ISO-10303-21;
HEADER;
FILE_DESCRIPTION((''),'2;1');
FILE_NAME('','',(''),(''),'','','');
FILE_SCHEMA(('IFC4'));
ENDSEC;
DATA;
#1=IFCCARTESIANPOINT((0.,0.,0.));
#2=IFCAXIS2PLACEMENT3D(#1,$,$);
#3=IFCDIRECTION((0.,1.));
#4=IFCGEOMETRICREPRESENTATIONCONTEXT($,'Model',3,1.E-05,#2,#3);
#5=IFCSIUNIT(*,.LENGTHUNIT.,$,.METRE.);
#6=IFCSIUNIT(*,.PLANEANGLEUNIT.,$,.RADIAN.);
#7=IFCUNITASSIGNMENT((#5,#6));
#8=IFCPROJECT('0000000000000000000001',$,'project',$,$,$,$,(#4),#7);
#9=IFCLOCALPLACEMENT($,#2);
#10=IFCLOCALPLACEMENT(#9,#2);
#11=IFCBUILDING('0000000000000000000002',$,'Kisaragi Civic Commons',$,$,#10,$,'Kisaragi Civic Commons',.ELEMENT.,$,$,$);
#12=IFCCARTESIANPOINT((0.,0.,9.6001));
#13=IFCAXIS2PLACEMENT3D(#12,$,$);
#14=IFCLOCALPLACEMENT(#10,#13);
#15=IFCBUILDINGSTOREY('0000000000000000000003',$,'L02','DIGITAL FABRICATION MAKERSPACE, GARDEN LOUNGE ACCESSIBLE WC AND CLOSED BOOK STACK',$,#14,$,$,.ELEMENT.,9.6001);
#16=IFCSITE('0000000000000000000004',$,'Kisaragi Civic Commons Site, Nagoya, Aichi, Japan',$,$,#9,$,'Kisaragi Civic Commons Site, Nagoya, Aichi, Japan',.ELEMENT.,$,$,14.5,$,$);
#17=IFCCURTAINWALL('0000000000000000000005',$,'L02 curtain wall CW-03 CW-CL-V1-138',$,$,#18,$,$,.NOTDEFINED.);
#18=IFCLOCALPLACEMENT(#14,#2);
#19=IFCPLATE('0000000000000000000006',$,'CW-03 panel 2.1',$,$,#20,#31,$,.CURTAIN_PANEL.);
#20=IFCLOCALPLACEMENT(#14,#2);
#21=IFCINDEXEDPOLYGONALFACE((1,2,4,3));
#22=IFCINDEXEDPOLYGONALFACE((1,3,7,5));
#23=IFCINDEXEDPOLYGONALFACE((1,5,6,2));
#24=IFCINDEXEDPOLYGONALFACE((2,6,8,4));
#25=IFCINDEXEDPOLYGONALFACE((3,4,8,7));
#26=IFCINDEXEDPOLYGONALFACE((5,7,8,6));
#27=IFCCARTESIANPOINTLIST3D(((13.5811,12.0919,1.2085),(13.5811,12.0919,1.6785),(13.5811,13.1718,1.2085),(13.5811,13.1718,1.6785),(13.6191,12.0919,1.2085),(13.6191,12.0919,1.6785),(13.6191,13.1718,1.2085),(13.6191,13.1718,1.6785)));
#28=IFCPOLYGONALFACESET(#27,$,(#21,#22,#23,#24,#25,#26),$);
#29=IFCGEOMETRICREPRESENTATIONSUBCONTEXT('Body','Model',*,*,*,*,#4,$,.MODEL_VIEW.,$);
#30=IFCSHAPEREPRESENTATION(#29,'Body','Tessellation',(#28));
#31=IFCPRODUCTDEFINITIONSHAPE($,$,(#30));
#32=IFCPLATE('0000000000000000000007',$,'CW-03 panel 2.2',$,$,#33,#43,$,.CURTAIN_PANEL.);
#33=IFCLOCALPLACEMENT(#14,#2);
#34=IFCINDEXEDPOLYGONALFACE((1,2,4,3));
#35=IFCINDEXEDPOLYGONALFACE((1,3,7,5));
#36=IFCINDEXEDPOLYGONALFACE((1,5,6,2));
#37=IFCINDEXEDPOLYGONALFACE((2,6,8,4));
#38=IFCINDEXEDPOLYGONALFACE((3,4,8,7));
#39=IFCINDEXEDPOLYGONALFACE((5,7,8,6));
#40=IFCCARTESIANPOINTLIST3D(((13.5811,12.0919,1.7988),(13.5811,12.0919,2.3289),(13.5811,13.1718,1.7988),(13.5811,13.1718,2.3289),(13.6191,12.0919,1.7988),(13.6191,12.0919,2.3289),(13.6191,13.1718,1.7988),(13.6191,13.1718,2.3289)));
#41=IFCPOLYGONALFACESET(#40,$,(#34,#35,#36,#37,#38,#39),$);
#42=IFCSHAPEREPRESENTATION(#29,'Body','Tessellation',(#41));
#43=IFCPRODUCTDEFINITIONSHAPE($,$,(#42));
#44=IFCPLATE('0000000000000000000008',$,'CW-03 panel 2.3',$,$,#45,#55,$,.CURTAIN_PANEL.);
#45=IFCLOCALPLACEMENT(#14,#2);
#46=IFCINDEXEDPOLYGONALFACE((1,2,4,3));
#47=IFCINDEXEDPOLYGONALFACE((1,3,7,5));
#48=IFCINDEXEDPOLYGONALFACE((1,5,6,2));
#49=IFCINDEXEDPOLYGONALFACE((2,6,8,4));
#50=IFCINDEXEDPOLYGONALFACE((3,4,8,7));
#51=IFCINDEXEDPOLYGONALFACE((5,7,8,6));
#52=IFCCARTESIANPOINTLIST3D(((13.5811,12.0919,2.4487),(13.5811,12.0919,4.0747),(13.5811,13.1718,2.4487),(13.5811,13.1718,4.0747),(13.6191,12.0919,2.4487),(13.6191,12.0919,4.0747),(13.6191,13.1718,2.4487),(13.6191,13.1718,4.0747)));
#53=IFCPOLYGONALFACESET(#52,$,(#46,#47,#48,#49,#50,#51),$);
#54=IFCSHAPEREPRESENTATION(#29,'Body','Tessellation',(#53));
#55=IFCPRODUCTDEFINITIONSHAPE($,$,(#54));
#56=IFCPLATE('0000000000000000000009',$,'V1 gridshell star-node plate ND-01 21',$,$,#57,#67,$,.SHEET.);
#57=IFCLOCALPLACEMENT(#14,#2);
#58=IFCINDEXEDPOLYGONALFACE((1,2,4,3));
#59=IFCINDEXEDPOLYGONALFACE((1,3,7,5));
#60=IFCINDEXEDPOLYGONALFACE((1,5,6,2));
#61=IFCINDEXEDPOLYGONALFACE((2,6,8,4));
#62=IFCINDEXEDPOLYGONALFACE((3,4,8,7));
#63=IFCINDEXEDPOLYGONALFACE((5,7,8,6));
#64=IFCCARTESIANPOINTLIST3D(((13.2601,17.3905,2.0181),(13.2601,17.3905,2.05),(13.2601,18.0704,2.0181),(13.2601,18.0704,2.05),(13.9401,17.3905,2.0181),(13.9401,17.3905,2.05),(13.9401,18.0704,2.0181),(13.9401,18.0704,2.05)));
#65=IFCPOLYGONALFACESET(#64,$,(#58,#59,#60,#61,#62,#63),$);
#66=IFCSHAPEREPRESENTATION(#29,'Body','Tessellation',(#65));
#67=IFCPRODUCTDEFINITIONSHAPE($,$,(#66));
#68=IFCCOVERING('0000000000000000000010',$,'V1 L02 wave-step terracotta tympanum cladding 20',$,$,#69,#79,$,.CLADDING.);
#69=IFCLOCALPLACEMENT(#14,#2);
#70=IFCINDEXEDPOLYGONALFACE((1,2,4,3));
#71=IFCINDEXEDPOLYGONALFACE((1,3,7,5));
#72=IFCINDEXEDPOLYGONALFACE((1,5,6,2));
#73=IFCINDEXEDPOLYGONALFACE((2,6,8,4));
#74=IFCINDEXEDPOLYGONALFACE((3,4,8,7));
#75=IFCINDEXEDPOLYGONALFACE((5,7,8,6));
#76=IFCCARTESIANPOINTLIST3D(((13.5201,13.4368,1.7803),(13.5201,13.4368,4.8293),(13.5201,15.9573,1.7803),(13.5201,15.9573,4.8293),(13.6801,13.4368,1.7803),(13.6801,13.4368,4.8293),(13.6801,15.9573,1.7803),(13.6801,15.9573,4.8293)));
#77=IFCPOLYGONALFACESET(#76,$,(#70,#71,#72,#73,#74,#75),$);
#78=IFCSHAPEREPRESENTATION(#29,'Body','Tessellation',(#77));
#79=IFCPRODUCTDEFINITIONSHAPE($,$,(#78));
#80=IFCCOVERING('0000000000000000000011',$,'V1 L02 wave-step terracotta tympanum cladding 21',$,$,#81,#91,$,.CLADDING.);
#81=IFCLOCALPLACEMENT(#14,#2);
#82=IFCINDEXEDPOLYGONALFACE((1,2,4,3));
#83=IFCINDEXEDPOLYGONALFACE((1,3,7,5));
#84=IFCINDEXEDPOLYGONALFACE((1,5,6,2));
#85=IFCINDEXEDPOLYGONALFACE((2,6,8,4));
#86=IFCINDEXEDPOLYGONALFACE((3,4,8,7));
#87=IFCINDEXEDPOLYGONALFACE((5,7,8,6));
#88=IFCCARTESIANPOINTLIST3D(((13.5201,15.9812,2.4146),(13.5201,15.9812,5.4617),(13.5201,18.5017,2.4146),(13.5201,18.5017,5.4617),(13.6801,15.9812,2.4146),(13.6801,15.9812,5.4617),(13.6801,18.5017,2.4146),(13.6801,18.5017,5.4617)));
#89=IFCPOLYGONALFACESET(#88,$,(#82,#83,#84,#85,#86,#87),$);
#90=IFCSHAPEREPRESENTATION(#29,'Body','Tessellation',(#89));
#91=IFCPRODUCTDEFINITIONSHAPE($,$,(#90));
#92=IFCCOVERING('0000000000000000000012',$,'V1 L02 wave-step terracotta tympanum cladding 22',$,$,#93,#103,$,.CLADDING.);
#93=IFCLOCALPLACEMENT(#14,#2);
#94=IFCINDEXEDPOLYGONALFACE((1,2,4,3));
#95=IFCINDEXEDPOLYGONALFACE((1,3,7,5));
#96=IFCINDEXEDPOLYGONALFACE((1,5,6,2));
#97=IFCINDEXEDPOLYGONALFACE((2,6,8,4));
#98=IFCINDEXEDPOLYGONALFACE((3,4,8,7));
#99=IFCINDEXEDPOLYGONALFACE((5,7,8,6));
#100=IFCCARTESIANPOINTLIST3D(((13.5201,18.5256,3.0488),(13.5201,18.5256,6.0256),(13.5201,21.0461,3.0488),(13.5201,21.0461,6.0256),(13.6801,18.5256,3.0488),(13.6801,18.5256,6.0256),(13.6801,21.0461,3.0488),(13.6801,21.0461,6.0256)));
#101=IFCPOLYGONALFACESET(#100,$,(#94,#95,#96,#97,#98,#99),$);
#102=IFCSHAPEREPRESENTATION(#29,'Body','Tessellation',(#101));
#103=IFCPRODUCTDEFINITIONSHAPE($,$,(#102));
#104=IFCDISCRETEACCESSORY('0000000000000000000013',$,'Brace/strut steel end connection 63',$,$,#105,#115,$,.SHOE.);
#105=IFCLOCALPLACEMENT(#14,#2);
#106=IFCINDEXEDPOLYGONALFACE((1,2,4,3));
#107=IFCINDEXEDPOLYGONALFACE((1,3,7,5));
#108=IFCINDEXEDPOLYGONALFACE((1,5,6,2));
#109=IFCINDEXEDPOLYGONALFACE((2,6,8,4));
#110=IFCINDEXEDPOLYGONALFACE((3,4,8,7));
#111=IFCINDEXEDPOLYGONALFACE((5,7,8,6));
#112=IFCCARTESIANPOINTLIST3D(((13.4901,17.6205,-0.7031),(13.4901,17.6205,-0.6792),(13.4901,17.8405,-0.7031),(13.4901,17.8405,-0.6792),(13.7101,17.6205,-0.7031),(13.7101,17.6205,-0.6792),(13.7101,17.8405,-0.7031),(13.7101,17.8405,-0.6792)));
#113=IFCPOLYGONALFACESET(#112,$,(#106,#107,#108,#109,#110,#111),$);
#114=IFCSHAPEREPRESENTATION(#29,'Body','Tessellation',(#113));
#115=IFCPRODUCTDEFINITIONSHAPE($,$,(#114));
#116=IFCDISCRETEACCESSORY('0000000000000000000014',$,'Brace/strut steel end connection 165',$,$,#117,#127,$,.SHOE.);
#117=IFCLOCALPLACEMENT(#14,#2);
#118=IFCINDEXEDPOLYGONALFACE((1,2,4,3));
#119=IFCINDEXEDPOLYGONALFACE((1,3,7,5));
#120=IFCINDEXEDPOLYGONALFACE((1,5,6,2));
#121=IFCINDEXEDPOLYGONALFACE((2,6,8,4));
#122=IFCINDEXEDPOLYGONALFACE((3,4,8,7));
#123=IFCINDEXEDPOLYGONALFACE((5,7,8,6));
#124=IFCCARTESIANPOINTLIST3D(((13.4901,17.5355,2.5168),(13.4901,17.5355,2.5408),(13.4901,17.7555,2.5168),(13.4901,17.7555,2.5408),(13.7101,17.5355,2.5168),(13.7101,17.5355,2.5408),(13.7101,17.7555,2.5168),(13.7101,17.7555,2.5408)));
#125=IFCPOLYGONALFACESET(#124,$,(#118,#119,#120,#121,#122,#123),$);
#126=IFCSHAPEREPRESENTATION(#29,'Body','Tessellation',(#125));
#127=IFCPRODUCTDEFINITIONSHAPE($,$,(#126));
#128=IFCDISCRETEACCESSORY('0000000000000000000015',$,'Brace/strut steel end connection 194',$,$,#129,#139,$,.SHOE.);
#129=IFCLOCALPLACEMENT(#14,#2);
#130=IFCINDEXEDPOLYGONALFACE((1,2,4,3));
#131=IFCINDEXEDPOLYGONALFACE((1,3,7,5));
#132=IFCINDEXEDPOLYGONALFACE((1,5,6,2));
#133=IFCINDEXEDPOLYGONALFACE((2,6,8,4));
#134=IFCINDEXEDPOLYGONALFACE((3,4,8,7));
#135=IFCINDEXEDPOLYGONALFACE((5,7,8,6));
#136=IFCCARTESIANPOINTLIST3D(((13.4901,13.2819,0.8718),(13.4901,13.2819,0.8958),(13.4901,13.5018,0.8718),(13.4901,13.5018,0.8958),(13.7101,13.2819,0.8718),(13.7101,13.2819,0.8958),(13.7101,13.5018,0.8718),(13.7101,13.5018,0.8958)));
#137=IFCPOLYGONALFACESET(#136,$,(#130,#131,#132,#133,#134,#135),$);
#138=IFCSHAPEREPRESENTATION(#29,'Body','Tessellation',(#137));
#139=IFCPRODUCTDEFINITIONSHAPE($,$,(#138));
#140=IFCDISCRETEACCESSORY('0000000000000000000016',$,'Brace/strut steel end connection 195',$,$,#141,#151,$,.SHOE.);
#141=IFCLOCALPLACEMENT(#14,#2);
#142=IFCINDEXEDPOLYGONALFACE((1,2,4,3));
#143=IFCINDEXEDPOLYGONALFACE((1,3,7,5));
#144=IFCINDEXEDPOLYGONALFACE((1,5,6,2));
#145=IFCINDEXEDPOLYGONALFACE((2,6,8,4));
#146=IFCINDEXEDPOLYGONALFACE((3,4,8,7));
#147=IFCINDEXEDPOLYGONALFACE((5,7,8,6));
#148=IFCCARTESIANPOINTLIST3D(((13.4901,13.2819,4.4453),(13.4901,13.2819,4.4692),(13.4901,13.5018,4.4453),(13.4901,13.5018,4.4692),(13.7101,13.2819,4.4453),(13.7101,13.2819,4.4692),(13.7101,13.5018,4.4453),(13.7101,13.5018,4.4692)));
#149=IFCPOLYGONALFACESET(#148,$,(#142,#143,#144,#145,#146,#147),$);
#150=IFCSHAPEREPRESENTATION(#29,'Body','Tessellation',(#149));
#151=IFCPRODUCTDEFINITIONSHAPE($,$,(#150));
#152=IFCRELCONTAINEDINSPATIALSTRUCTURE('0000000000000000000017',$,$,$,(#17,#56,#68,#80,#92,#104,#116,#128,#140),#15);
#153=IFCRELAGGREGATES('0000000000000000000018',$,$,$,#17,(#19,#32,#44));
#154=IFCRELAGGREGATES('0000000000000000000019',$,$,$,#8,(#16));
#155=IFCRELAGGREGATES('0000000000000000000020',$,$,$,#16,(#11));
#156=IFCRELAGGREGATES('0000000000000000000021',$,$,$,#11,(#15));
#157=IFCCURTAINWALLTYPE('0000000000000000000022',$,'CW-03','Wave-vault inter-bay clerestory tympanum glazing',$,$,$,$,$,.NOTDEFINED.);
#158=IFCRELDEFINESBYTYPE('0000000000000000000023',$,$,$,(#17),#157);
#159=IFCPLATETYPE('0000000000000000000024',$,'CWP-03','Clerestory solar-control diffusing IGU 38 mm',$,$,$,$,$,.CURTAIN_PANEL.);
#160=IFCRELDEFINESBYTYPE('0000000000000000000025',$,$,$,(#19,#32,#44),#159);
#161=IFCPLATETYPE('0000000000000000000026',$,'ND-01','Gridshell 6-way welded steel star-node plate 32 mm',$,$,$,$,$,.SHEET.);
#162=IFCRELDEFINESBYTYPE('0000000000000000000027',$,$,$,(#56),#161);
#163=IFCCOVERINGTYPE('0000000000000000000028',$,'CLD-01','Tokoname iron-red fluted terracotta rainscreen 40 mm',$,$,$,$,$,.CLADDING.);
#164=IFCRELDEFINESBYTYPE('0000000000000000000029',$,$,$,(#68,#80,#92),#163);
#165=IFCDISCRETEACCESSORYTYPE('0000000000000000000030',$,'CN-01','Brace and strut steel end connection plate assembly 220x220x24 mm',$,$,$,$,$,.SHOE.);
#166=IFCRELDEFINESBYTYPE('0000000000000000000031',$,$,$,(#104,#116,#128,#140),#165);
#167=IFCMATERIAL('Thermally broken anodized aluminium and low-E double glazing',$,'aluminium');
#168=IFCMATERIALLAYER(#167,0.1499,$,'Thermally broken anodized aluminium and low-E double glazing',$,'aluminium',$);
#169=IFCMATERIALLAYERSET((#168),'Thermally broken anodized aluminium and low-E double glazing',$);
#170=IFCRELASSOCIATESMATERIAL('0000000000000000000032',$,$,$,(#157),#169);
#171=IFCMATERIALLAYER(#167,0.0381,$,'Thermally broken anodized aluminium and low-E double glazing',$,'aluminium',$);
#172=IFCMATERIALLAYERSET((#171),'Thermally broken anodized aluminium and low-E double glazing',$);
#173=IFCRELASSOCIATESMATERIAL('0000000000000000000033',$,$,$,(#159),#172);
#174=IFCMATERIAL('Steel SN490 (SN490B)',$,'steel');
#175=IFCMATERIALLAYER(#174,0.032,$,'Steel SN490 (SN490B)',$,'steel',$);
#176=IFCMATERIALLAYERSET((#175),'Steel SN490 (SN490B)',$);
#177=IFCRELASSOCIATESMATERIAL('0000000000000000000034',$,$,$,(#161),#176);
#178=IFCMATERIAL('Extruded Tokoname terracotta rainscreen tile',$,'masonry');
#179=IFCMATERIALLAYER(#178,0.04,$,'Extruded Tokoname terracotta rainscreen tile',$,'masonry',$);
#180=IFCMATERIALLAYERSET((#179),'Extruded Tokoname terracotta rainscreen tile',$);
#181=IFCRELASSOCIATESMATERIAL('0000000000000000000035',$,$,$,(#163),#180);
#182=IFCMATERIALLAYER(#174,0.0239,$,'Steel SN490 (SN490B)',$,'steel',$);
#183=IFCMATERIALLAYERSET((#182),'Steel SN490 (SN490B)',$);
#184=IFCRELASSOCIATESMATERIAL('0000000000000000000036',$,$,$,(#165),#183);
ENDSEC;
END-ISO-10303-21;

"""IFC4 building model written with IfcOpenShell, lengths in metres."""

from ifc_helpers import new_model, si_unit, direction, frame, origin, origin_2d, place, context, subcontext, project, spatial, rectangle, extrude, material, layer, layer_set, type_object, element, aggregate, save


model = new_model("IFC4")

# Units and contexts
model_context = context("Model", 3, precision=1e-05, world=origin(), true_north=direction((0.0, 1.0)))
body_context = subcontext(model_context, "Body", "Model", "MODEL_VIEW")
ifc_project = project(units=[si_unit("LENGTHUNIT", "METRE"), si_unit("PLANEANGLEUNIT", "RADIAN")], contexts=[model_context])

# Site, building, storey
site_placement = place(None, origin())
site = spatial("IfcSite", under=ifc_project, at=site_placement, Name="Kisaragi Civic Commons Site, Nagoya, Aichi, Japan", LongName="Kisaragi Civic Commons Site, Nagoya, Aichi, Japan", CompositionType="ELEMENT", RefElevation=14.5)
building_placement = place(site_placement, origin())
building = spatial("IfcBuilding", under=site, at=building_placement, Name="Kisaragi Civic Commons", LongName="Kisaragi Civic Commons", CompositionType="ELEMENT")
storey_placement = place(building_placement, frame((0.0, 0.0, 9.6001)))
storey = spatial("IfcBuildingStorey", under=building, at=storey_placement, Name="L02", Description="DIGITAL FABRICATION MAKERSPACE, GARDEN LOUNGE ACCESSIBLE WC AND CLOSED BOOK STACK", CompositionType="ELEMENT", Elevation=9.6001)

# Curtain wall
ifc_material_1 = material(Name="Thermally broken anodized aluminium and low-E double glazing", Category="aluminium")
ifc_layer_1 = layer(ifc_material_1, 0.1499, Name="Thermally broken anodized aluminium and low-E double glazing", Category="aluminium")
ifc_layer_set_1 = layer_set([ifc_layer_1], Name="Thermally broken anodized aluminium and low-E double glazing")
curtain_wall_type = type_object("IfcCurtainWallType", Name="CW-03", Description="Wave-vault inter-bay clerestory tympanum glazing", PredefinedType="NOTDEFINED", material=ifc_layer_set_1)
curtain_wall_placement = place(storey_placement, origin())
curtain_wall = element("IfcCurtainWall", 1, at=curtain_wall_placement, inside=storey, type_object=curtain_wall_type, Name="L02 curtain wall CW-03 CW-CL-V1-138", PredefinedType="NOTDEFINED")

# Shared definitions
ifc_material_2 = material(Name="Steel SN490 (SN490B)", Category="steel")

# Plates
ifc_layer_2 = layer(ifc_material_1, 0.0381, Name="Thermally broken anodized aluminium and low-E double glazing", Category="aluminium")
ifc_layer_set_2 = layer_set([ifc_layer_2], Name="Thermally broken anodized aluminium and low-E double glazing")
plate_type_1 = type_object("IfcPlateType", Name="CWP-03", Description="Clerestory solar-control diffusing IGU 38 mm", PredefinedType="CURTAIN_PANEL", material=ifc_layer_set_2)
plate_1_placement = place(storey_placement, frame((13.6001, 12.6318, 1.2085), z_axis=(0.0, 0.0, 1.0), x_axis=(0.0, 1.0, 0.0)))
plate_1 = element("IfcPlate", 2, at=plate_1_placement, type_object=plate_type_1, Name="CW-03 panel 2.1", PredefinedType="CURTAIN_PANEL", context=body_context, shape_type="SweptSolid", body=[
    extrude(rectangle(XDim=1.0798, YDim=0.0381, at=origin_2d()), origin(), (0.0, 0.0, 1.0), 0.47),
])
plate_2_placement = place(storey_placement, frame((13.6001, 12.6318, 1.7988), z_axis=(0.0, 0.0, 1.0), x_axis=(0.0, 1.0, 0.0)))
plate_2 = element("IfcPlate", 3, at=plate_2_placement, type_object=plate_type_1, Name="CW-03 panel 2.2", PredefinedType="CURTAIN_PANEL", context=body_context, shape_type="SweptSolid", body=[
    extrude(rectangle(XDim=1.0798, YDim=0.0381, at=origin_2d()), origin(), (0.0, 0.0, 1.0), 0.53),
])
plate_3_placement = place(storey_placement, frame((13.6001, 12.6318, 2.4487), z_axis=(0.0, 0.0, 1.0), x_axis=(0.0, 1.0, 0.0)))
plate_3 = element("IfcPlate", 4, at=plate_3_placement, type_object=plate_type_1, Name="CW-03 panel 2.3", PredefinedType="CURTAIN_PANEL", context=body_context, shape_type="SweptSolid", body=[
    extrude(rectangle(XDim=1.0798, YDim=0.0381, at=origin_2d()), origin(), (0.0, 0.0, 1.0), 1.626),
])
aggregate(curtain_wall, [plate_1, plate_2, plate_3])
ifc_layer_3 = layer(ifc_material_2, 0.032, Name="Steel SN490 (SN490B)", Category="steel")
ifc_layer_set_3 = layer_set([ifc_layer_3], Name="Steel SN490 (SN490B)")
plate_type_2 = type_object("IfcPlateType", Name="ND-01", Description="Gridshell 6-way welded steel star-node plate 32 mm", PredefinedType="SHEET", material=ifc_layer_set_3)
plate_4_placement = place(storey_placement, frame((13.6001, 17.7305, 2.0181), z_axis=(0.0, 0.0, 1.0), x_axis=(1.0, 0.0, 0.0)))
element("IfcPlate", 5, at=plate_4_placement, inside=storey, type_object=plate_type_2, Name="V1 gridshell star-node plate ND-01 21", PredefinedType="SHEET", context=body_context, shape_type="SweptSolid", body=[
    extrude(rectangle(XDim=0.6799, YDim=0.6799, at=origin_2d()), origin(), (0.0, 0.0, 1.0), 0.032),
])

# Coverings
ifc_material_3 = material(Name="Extruded Tokoname terracotta rainscreen tile", Category="masonry")
ifc_layer_4 = layer(ifc_material_3, 0.04, Name="Extruded Tokoname terracotta rainscreen tile", Category="masonry")
ifc_layer_set_4 = layer_set([ifc_layer_4], Name="Extruded Tokoname terracotta rainscreen tile")
covering_type = type_object("IfcCoveringType", Name="CLD-01", Description="Tokoname iron-red fluted terracotta rainscreen 40 mm", PredefinedType="CLADDING", material=ifc_layer_set_4)
covering_1_placement = place(storey_placement, frame((13.6001, 14.697, 1.7803), z_axis=(0.0, 0.0, 1.0), x_axis=(0.0, 1.0, 0.0)))
element("IfcCovering", 6, at=covering_1_placement, inside=storey, type_object=covering_type, Name="V1 L02 wave-step terracotta tympanum cladding 20", PredefinedType="CLADDING", context=body_context, shape_type="SweptSolid", body=[
    extrude(rectangle(XDim=2.5205, YDim=0.1599, at=origin_2d()), origin(), (0.0, 0.0, 1.0), 3.0491),
])
covering_2_placement = place(storey_placement, frame((13.6001, 17.2415, 2.4146), z_axis=(0.0, 0.0, 1.0), x_axis=(0.0, 1.0, 0.0)))
element("IfcCovering", 7, at=covering_2_placement, inside=storey, type_object=covering_type, Name="V1 L02 wave-step terracotta tympanum cladding 21", PredefinedType="CLADDING", context=body_context, shape_type="SweptSolid", body=[
    extrude(rectangle(XDim=2.5205, YDim=0.1599, at=origin_2d()), origin(), (0.0, 0.0, 1.0), 3.0471),
])
covering_3_placement = place(storey_placement, frame((13.6001, 19.7859, 3.0488), z_axis=(0.0, 0.0, 1.0), x_axis=(0.0, 1.0, 0.0)))
element("IfcCovering", 8, at=covering_3_placement, inside=storey, type_object=covering_type, Name="V1 L02 wave-step terracotta tympanum cladding 22", PredefinedType="CLADDING", context=body_context, shape_type="SweptSolid", body=[
    extrude(rectangle(XDim=2.5205, YDim=0.1599, at=origin_2d()), origin(), (0.0, 0.0, 1.0), 2.9768),
])

# Discrete accessories
ifc_layer_5 = layer(ifc_material_2, 0.0239, Name="Steel SN490 (SN490B)", Category="steel")
ifc_layer_set_5 = layer_set([ifc_layer_5], Name="Steel SN490 (SN490B)")
discrete_accessory_type = type_object("IfcDiscreteAccessoryType", Name="CN-01", Description="Brace and strut steel end connection plate assembly 220x220x24 mm", PredefinedType="SHOE", material=ifc_layer_set_5)
for number, where, z_axis, x_axis, name in (
    (9, (13.6001, 17.7305, -0.7031), (0.0, 0.0, 1.0), (1.0, 0.0, 0.0), "Brace/strut steel end connection 63"),
    (10, (13.6001, 17.6455, 2.5168), (0.0, 0.0, 1.0), (1.0, 0.0, 0.0), "Brace/strut steel end connection 165"),
    (11, (13.6001, 13.3918, 0.8718), (0.0, 0.0, 1.0), (1.0, 0.0, 0.0), "Brace/strut steel end connection 194"),
    (12, (13.6001, 13.3918, 4.4453), (0.0, 0.0, 1.0), (1.0, 0.0, 0.0), "Brace/strut steel end connection 195"),
):
    element("IfcDiscreteAccessory", number, at=place(storey_placement, frame(where, z_axis=z_axis, x_axis=x_axis)), inside=storey, type_object=discrete_accessory_type, Name=name, PredefinedType="SHOE", context=body_context, shape_type="SweptSolid", body=[
        extrude(rectangle(XDim=0.22, YDim=0.22, at=origin_2d()), origin(), (0.0, 0.0, 1.0), 0.0239),
    ])

save(model, "model.ifc")
